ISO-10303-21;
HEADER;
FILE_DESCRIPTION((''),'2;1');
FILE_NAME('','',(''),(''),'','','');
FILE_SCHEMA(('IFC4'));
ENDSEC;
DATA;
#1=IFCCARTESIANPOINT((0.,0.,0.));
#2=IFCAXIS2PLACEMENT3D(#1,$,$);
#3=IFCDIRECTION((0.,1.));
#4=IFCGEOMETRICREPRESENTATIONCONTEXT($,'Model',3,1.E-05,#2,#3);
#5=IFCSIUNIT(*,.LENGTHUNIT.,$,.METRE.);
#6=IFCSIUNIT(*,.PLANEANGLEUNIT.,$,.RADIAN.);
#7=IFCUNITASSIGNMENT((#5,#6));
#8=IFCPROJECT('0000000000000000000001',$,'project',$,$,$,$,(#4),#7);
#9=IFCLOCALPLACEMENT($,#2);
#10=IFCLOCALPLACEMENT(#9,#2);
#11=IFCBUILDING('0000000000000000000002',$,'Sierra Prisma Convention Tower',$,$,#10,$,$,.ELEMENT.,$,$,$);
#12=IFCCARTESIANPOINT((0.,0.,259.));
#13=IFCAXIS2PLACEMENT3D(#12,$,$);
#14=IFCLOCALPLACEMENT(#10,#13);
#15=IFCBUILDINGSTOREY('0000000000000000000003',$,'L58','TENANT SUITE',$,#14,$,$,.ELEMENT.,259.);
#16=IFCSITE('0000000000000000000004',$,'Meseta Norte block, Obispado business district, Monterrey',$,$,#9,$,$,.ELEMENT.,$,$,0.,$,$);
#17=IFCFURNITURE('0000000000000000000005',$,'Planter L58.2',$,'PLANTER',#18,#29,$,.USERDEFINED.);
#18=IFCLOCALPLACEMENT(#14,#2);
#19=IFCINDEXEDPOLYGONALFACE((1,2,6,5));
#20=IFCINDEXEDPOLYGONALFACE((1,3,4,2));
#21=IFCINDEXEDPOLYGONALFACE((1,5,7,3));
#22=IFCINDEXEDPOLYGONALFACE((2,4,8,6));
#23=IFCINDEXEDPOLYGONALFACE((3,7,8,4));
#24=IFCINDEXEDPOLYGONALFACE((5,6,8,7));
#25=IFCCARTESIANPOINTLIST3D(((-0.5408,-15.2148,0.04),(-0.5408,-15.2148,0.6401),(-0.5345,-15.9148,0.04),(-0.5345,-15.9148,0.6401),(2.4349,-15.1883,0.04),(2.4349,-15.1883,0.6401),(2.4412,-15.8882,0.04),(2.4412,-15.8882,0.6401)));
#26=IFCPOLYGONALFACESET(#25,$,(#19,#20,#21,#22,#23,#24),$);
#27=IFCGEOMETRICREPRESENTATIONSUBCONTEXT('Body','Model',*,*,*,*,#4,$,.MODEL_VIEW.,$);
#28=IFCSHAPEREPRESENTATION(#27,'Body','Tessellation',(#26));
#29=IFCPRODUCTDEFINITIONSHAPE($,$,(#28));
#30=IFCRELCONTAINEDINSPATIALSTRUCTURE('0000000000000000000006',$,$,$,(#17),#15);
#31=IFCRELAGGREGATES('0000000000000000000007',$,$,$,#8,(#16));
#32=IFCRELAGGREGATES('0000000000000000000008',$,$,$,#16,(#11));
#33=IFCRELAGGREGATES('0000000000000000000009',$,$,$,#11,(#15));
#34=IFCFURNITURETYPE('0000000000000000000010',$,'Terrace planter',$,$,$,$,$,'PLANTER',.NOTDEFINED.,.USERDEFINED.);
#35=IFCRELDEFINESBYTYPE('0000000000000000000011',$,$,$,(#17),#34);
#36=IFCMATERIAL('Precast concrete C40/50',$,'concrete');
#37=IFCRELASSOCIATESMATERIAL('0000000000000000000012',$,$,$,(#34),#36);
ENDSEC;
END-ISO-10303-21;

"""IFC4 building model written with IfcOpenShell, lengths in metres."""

from ifc_helpers import new_model, si_unit, direction, frame, origin, origin_2d, place, context, subcontext, project, spatial, rectangle, extrude, material, type_object, element, save


model = new_model("IFC4")

# Units and contexts
model_context = context("Model", 3, precision=1e-05, world=origin(), true_north=direction((0.0, 1.0)))
body_context = subcontext(model_context, "Body", "Model", "MODEL_VIEW")
ifc_project = project(units=[si_unit("LENGTHUNIT", "METRE"), si_unit("PLANEANGLEUNIT", "RADIAN")], contexts=[model_context])

# Site, building, storey
site_placement = place(None, origin())
site = spatial("IfcSite", under=ifc_project, at=site_placement, Name="Meseta Norte block, Obispado business district, Monterrey", CompositionType="ELEMENT", RefElevation=0.0)
building_placement = place(site_placement, origin())
building = spatial("IfcBuilding", under=site, at=building_placement, Name="Sierra Prisma Convention Tower", CompositionType="ELEMENT")
storey_placement = place(building_placement, frame((0.0, 0.0, 259.0)))
storey = spatial("IfcBuildingStorey", under=building, at=storey_placement, Name="L58", Description="TENANT SUITE", CompositionType="ELEMENT", Elevation=259.0)

# Furniture
ifc_material_1 = material(Name="Precast concrete C40/50", Category="concrete")
furniture_type = type_object("IfcFurnitureType", Name="Terrace planter", ElementType="PLANTER", AssemblyPlace="NOTDEFINED", PredefinedType="USERDEFINED", material=ifc_material_1)
furniture_placement = place(storey_placement, frame((0.9502, -15.5515, 0.04), z_axis=(0.0, 0.0, 1.0), x_axis=(0.99996, 0.008931, 0.0)))
element("IfcFurniture", 1, at=furniture_placement, inside=storey, type_object=furniture_type, Name="Planter L58.2", ObjectType="PLANTER", PredefinedType="USERDEFINED", context=body_context, shape_type="SweptSolid", body=[
    extrude(rectangle(XDim=2.9758, YDim=0.7, at=origin_2d()), origin(), (0.0, 0.0, 1.0), 0.6001),
])

save(model, "model.ifc")
